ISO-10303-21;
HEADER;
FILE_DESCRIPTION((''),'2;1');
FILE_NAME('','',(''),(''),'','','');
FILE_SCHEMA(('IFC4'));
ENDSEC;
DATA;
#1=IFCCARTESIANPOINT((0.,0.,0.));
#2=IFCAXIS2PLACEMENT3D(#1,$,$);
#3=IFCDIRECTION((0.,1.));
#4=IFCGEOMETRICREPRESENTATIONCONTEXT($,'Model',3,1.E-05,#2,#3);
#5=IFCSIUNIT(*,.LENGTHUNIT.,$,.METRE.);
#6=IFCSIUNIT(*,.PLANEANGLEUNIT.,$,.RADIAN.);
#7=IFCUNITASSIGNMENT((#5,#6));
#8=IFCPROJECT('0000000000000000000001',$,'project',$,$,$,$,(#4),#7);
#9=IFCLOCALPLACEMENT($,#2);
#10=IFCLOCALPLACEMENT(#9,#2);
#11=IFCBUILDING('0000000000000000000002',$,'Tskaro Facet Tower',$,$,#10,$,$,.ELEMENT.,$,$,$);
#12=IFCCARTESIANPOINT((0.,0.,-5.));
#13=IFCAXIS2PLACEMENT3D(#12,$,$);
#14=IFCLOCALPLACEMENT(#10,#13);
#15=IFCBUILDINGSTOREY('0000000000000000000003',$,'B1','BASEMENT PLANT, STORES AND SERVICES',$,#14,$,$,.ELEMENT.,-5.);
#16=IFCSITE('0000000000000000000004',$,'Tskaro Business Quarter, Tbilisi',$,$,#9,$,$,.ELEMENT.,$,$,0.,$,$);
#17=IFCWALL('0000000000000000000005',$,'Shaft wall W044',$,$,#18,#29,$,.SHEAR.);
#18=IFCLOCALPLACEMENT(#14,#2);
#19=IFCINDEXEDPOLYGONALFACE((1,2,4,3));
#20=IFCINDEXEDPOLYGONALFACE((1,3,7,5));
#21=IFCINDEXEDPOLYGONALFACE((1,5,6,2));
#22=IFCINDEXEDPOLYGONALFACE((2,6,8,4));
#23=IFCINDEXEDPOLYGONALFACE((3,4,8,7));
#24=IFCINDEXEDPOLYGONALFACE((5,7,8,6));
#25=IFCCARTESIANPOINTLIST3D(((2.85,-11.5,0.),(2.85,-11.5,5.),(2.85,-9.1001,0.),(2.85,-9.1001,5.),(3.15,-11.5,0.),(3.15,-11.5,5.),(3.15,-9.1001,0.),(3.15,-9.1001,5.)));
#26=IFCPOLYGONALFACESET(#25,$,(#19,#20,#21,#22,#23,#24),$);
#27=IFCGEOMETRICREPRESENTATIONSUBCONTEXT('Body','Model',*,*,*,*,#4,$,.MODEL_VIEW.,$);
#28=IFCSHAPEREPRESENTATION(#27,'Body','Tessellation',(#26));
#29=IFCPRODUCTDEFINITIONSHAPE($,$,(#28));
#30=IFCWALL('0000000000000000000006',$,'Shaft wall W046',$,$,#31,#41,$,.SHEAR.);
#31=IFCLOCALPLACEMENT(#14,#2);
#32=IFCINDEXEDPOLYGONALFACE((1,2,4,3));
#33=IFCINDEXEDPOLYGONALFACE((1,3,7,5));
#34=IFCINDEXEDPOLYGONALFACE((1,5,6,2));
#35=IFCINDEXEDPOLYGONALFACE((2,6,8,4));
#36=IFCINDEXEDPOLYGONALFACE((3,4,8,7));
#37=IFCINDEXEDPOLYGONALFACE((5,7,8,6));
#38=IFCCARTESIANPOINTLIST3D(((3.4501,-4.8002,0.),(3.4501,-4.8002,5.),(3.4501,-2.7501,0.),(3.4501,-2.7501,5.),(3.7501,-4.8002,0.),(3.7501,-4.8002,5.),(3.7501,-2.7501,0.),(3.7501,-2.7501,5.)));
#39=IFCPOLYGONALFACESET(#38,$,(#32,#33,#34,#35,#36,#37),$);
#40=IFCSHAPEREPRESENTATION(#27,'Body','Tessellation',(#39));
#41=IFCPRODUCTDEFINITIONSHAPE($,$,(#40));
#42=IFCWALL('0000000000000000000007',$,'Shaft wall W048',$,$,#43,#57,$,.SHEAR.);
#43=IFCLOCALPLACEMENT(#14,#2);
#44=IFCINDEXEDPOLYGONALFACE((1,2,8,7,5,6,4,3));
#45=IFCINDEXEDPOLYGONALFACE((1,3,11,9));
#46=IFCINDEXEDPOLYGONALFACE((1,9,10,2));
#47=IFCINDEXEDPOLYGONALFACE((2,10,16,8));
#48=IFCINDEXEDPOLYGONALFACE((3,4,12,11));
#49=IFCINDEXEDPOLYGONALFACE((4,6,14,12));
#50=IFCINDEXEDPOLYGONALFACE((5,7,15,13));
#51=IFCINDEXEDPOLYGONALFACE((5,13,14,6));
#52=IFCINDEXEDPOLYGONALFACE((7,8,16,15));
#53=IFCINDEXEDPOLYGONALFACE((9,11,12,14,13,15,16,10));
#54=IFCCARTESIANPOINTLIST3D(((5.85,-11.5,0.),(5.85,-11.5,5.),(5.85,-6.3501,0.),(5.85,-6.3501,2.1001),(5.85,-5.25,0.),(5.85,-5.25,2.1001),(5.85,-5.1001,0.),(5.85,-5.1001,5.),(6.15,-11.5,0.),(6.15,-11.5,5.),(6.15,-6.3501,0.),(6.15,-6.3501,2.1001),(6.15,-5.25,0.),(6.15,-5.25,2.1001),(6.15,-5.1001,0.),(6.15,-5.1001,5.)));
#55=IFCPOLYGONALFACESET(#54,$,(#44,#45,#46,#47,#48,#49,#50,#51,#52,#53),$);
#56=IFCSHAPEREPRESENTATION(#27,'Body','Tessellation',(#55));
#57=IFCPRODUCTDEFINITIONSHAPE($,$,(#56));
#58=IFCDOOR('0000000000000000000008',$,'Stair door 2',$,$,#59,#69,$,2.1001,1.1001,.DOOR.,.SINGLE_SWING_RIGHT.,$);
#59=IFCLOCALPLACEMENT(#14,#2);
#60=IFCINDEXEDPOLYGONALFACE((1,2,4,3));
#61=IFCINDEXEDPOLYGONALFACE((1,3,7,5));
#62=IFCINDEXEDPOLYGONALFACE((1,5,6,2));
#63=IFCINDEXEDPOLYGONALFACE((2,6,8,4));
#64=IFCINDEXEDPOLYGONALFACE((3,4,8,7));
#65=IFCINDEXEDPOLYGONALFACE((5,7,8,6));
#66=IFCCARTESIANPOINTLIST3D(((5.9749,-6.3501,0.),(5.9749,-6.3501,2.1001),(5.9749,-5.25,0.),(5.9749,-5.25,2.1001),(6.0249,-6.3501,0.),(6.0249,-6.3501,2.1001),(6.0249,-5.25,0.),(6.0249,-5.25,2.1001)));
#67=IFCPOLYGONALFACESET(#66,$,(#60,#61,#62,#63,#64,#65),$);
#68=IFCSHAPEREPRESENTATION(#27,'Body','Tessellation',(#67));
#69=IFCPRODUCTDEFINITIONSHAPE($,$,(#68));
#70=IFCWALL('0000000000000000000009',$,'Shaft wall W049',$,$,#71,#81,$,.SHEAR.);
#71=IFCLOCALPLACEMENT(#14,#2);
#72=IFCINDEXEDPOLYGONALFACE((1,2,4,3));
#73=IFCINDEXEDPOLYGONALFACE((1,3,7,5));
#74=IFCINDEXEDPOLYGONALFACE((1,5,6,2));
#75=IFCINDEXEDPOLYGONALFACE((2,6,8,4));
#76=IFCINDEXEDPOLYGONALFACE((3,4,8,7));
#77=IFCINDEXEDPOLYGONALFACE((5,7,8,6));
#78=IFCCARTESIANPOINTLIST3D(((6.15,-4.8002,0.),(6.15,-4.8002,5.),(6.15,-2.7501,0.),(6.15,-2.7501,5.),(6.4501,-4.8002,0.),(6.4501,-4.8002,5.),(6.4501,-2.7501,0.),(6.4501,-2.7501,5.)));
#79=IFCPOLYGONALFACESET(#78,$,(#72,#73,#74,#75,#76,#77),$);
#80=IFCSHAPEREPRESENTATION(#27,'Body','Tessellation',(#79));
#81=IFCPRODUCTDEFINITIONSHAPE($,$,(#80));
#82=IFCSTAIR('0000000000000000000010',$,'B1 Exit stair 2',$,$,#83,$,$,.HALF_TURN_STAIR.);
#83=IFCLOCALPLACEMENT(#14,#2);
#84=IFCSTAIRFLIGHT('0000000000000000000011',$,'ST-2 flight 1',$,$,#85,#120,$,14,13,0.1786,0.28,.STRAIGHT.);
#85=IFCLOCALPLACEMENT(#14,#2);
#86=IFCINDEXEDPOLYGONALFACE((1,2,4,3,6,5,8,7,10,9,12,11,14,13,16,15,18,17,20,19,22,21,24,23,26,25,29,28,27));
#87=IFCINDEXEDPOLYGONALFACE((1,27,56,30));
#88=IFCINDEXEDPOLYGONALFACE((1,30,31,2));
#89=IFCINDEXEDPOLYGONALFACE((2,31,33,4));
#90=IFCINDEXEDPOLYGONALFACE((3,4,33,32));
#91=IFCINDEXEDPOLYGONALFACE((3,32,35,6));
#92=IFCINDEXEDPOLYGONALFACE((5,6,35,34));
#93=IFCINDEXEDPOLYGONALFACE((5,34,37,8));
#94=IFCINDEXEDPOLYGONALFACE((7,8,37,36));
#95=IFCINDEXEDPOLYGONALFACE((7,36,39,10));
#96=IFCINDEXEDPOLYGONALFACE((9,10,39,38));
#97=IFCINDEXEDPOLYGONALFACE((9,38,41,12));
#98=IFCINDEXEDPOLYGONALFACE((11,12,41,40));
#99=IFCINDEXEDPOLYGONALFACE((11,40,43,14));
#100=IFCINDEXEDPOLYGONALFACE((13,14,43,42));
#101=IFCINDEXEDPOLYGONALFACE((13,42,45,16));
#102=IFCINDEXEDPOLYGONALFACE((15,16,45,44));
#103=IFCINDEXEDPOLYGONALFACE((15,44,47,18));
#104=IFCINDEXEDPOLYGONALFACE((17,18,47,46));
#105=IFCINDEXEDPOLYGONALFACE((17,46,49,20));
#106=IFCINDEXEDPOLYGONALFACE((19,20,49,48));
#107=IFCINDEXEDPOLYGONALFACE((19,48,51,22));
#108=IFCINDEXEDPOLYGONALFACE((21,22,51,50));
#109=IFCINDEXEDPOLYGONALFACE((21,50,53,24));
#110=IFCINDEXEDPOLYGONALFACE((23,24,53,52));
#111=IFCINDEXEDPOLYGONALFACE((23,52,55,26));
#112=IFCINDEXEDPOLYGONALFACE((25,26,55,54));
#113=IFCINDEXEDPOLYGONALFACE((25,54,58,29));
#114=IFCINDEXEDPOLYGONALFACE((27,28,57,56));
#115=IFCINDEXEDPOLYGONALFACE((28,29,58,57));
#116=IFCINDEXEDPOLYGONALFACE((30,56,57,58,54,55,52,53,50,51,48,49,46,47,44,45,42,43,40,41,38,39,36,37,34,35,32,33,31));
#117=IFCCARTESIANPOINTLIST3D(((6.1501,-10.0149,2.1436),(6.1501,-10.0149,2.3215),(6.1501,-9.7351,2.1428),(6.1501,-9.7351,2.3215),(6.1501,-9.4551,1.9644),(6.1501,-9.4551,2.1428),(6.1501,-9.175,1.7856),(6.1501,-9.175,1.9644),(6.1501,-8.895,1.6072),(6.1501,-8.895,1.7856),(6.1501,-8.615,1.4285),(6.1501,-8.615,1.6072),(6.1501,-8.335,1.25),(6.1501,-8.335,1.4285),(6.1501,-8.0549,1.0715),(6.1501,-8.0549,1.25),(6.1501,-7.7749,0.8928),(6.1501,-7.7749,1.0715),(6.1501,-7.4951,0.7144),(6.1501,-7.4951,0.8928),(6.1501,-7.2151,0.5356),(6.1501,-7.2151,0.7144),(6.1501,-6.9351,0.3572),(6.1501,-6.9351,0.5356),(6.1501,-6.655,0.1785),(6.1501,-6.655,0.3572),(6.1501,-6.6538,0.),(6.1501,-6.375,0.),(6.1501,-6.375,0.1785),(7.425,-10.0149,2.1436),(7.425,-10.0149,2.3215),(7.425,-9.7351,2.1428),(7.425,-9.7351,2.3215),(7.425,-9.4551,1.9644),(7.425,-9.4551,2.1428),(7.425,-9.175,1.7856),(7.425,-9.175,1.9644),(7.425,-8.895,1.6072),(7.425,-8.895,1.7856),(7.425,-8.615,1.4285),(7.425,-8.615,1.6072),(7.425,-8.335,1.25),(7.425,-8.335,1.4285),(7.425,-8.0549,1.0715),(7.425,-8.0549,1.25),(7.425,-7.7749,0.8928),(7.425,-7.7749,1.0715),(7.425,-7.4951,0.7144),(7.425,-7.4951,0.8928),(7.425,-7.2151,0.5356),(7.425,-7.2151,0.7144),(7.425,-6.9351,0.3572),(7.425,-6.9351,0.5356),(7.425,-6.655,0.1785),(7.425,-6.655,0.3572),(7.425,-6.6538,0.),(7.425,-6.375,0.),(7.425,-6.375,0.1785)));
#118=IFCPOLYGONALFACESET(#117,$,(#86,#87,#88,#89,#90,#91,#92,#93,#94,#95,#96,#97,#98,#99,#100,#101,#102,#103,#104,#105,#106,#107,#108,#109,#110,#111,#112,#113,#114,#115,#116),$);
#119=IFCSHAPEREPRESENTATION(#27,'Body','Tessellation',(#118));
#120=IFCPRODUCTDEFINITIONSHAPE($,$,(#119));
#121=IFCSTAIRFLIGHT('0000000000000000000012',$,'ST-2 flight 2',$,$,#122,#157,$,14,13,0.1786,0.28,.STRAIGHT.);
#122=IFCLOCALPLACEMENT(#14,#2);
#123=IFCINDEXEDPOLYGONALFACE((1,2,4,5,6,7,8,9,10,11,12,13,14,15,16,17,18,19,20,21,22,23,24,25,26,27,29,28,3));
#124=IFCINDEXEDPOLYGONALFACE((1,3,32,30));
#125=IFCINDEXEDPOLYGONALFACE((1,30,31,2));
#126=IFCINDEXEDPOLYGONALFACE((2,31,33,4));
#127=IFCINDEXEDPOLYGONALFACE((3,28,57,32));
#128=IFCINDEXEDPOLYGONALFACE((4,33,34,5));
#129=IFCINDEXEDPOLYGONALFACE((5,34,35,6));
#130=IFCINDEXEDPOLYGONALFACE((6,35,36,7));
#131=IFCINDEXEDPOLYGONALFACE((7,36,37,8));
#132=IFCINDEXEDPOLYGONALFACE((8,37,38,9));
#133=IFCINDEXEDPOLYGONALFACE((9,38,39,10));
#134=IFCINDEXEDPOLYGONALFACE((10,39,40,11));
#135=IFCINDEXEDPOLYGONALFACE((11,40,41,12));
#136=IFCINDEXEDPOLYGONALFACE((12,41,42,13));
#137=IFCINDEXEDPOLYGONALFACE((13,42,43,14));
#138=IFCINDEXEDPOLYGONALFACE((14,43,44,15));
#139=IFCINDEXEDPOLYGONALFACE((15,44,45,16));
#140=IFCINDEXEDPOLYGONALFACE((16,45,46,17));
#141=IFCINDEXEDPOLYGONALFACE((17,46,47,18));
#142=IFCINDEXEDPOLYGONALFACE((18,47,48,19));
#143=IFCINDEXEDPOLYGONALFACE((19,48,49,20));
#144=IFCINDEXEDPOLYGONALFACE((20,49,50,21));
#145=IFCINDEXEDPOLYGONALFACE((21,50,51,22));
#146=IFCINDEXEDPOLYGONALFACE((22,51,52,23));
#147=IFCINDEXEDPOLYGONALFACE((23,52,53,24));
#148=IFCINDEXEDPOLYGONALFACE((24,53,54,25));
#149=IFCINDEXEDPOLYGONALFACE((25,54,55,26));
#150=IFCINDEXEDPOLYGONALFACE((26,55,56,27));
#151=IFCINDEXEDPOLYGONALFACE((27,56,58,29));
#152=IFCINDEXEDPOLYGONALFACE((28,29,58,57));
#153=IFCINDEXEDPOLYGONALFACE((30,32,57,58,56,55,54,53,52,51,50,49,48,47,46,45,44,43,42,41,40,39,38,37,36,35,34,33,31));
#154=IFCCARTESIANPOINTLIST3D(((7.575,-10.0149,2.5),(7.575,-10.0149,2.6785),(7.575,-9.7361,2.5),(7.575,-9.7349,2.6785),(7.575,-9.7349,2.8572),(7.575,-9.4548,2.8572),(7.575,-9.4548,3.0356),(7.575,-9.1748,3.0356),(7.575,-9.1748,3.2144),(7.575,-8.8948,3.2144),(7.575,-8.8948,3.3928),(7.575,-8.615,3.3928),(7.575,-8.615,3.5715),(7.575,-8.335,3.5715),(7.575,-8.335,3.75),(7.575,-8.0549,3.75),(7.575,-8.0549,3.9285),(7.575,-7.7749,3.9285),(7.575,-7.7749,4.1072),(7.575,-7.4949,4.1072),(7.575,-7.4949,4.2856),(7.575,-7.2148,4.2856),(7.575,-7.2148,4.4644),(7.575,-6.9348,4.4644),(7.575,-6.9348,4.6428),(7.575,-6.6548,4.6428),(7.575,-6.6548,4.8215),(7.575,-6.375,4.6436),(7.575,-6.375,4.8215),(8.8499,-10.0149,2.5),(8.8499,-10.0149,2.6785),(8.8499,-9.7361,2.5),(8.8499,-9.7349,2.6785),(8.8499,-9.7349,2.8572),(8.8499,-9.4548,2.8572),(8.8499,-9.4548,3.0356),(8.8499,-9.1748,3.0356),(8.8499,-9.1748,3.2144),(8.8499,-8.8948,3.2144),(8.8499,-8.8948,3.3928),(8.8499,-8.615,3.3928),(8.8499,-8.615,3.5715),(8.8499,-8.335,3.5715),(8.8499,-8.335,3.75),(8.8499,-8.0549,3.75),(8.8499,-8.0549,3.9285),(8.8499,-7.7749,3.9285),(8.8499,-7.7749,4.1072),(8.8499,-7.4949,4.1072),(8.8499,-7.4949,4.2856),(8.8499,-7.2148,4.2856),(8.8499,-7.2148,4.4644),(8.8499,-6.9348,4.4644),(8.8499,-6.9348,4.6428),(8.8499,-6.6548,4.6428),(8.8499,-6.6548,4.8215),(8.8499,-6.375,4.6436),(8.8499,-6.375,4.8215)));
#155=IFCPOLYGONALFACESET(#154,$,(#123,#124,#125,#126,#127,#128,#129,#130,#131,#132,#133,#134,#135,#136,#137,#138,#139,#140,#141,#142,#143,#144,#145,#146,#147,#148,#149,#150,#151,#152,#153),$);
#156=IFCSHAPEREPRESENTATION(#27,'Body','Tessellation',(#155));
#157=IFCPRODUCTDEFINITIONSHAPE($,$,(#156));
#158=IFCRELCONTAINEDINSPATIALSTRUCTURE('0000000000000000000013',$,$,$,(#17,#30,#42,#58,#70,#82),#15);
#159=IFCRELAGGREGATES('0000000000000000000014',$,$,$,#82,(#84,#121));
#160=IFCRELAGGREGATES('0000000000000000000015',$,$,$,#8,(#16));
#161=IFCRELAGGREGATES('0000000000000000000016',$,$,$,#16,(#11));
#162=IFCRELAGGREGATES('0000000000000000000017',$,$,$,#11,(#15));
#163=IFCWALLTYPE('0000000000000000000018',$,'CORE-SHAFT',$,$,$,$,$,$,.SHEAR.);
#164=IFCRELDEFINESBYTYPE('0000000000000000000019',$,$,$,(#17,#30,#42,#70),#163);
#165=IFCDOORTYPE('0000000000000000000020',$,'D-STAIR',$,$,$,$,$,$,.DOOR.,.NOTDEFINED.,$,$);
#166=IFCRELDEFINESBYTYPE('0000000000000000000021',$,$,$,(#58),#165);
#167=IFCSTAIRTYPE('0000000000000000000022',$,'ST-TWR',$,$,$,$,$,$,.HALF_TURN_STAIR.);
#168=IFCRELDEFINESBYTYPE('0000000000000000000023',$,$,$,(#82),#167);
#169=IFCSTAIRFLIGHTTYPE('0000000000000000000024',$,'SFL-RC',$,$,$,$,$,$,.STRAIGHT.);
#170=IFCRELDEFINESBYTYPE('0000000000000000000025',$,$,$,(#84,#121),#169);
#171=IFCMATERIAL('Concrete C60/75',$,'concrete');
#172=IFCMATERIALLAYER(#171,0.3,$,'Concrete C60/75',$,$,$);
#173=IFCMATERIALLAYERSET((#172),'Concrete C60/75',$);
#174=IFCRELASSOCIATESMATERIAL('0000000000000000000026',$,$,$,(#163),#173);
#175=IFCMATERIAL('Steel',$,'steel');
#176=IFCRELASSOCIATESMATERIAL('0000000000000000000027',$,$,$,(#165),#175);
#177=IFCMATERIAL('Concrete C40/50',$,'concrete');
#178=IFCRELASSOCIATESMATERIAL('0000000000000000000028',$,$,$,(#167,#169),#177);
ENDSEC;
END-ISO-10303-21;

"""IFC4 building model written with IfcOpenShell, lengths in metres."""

from ifc_helpers import new_model, si_unit, direction, frame, frame_2d, origin, place, context, subcontext, project, spatial, polyline, rectangle, outline, extrude, material, layer, layer_set, type_object, element, fill, aggregate, save


model = new_model("IFC4")

# Units and contexts
model_context = context("Model", 3, precision=1e-05, world=origin(), true_north=direction((0.0, 1.0)))
body_context = subcontext(model_context, "Body", "Model", "MODEL_VIEW")
ifc_project = project(units=[si_unit("LENGTHUNIT", "METRE"), si_unit("PLANEANGLEUNIT", "RADIAN")], contexts=[model_context])

# Site, building, storey
site_placement = place(None, origin())
site = spatial("IfcSite", under=ifc_project, at=site_placement, Name="Tskaro Business Quarter, Tbilisi", CompositionType="ELEMENT", RefElevation=0.0)
building_placement = place(site_placement, origin())
building = spatial("IfcBuilding", under=site, at=building_placement, Name="Tskaro Facet Tower", CompositionType="ELEMENT")
storey_placement = place(building_placement, frame((0.0, 0.0, -5.0)))
storey = spatial("IfcBuildingStorey", under=building, at=storey_placement, Name="B1", Description="BASEMENT PLANT, STORES AND SERVICES", CompositionType="ELEMENT", Elevation=-5.0)

# Walls
ifc_material_1 = material(Name="Concrete C60/75", Category="concrete")
ifc_layer = layer(ifc_material_1, 0.3, Name="Concrete C60/75")
ifc_layer_set = layer_set([ifc_layer], Name="Concrete C60/75")
wall_type = type_object("IfcWallType", Name="CORE-SHAFT", PredefinedType="SHEAR", material=ifc_layer_set)
wall_1_placement = place(storey_placement, frame((3.0, -11.5, 0.0), z_axis=(0.0, 0.0, 1.0), x_axis=(0.0, 1.0, 0.0)))
element("IfcWall", 1, at=wall_1_placement, inside=storey, type_object=wall_type, Name="Shaft wall W044", PredefinedType="SHEAR", context=body_context, shape_type="SweptSolid", body=[
    extrude(rectangle(XDim=2.3999, YDim=0.3, at=frame_2d((1.2, 0.0))), origin(), (0.0, 0.0, 1.0), 5.0),
])
wall_2_placement = place(storey_placement, frame((3.6001, -4.8, 0.0), z_axis=(0.0, 0.0, 1.0), x_axis=(0.0, 1.0, 0.0)))
element("IfcWall", 2, at=wall_2_placement, inside=storey, type_object=wall_type, Name="Shaft wall W046", PredefinedType="SHEAR", context=body_context, shape_type="SweptSolid", body=[
    extrude(rectangle(XDim=2.05, YDim=0.3, at=frame_2d((1.0249, 0.0))), origin(), (0.0, 0.0, 1.0), 5.0),
])

# Wall, opening, door
wall_3_placement = place(storey_placement, frame((6.0, -5.1001, 0.0), z_axis=(0.0, 0.0, 1.0), x_axis=(0.0, -1.0, 0.0)))
wall_3 = element("IfcWall", 3, at=wall_3_placement, inside=storey, type_object=wall_type, Name="Shaft wall W048", PredefinedType="SHEAR", context=body_context, shape_type="SweptSolid", body=[
    extrude(rectangle(XDim=6.3999, YDim=0.3, at=frame_2d((3.2, 0.0))), origin(), (0.0, 0.0, 1.0), 5.0),
])
opening_placement = place(wall_3_placement, frame((0.1499, 0.0, 0.0)))
opening = element("IfcOpeningElement", 4, at=opening_placement, cuts=wall_3, PredefinedType="OPENING", context=body_context, shape_type="SweptSolid", body=[
    extrude(rectangle(XDim=1.1001, YDim=2.1001, at=frame_2d((0.55, 1.05))), frame((0.0, 0.1599, 0.0), z_axis=(0.0, -1.0, 0.0), x_axis=(1.0, 0.0, 0.0)), (0.0, 0.0, 1.0), 0.3201),
])
ifc_material_2 = material(Name="Steel", Category="steel")
door_type = type_object("IfcDoorType", Name="D-STAIR", OperationType="NOTDEFINED", PredefinedType="DOOR", material=ifc_material_2)
door_placement = place(opening_placement, origin())
door = element("IfcDoor", 5, at=door_placement, inside=storey, type_object=door_type, Name="Stair door 2", OperationType="SINGLE_SWING_RIGHT", OverallHeight=2.1001, OverallWidth=1.1001, PredefinedType="DOOR", context=body_context, shape_type="SweptSolid", body=[
    extrude(rectangle(XDim=1.1001, YDim=2.1001, at=frame_2d((0.55, 1.05))), frame((0.0, 0.0249, 0.0), z_axis=(0.0, -1.0, 0.0), x_axis=(1.0, 0.0, 0.0)), (0.0, 0.0, 1.0), 0.05),
])
fill(opening, door)

# Wall
wall_4_placement = place(storey_placement, frame((6.3, -4.8, 0.0), z_axis=(0.0, 0.0, 1.0), x_axis=(0.0, 1.0, 0.0)))
element("IfcWall", 6, at=wall_4_placement, inside=storey, type_object=wall_type, Name="Shaft wall W049", PredefinedType="SHEAR", context=body_context, shape_type="SweptSolid", body=[
    extrude(rectangle(XDim=2.05, YDim=0.3, at=frame_2d((1.0249, 0.0))), origin(), (0.0, 0.0, 1.0), 5.0),
])

# Stair, stair flights
ifc_material_3 = material(Name="Concrete C40/50", Category="concrete")
stair_type = type_object("IfcStairType", Name="ST-TWR", PredefinedType="HALF_TURN_STAIR", material=ifc_material_3)
stair_placement = place(storey_placement, origin())
stair = element("IfcStair", 7, at=stair_placement, inside=storey, type_object=stair_type, Name="B1 Exit stair 2", PredefinedType="HALF_TURN_STAIR")
stair_flight_type = type_object("IfcStairFlightType", Name="SFL-RC", PredefinedType="STRAIGHT", material=ifc_material_3)
stair_flight_1_placement = place(storey_placement, frame((6.7876, -6.375, 0.0), z_axis=(0.0, 0.0, 1.0), x_axis=(0.0, -1.0, 0.0)))
stair_flight_1 = element("IfcStairFlight", 8, at=stair_flight_1_placement, type_object=stair_flight_type, Name="ST-2 flight 1", NumberOfRisers=14, NumberOfTreads=13, PredefinedType="STRAIGHT", RiserHeight=0.1786, TreadLength=0.28, context=body_context, shape_type="SweptSolid", body=[
    extrude(outline(polyline([(0.0, 0.0), (0.0, 0.1785), (0.28, 0.1785), (0.28, 0.3572), (0.5601, 0.3572), (0.5601, 0.5356), (0.8401, 0.5356), (0.8401, 0.7144), (1.1201, 0.7144), (1.1201, 0.8928), (1.3999, 0.8928), (1.3999, 1.0715), (1.6799, 1.0715), (1.6799, 1.25), (1.96, 1.25), (1.96, 1.4285), (2.24, 1.4285), (2.24, 1.6072), (2.52, 1.6072), (2.52, 1.7856), (2.8, 1.7856), (2.8, 1.9644), (3.0801, 1.9644), (3.0801, 2.1428), (3.3601, 2.1428), (3.3601, 2.3215), (3.6399, 2.3215), (3.6399, 2.5), (3.6399, 2.1436), (0.2788, 0.0), (0.0, 0.0)])), frame((0.0, 0.6375, 0.0), z_axis=(0.0, -1.0, 0.0), x_axis=(1.0, 0.0, 0.0)), (0.0, 0.0, 1.0), 1.2749),
])
stair_flight_2_placement = place(storey_placement, frame((8.2124, -10.0149, 2.5), z_axis=(0.0, 0.0, 1.0), x_axis=(0.0, 1.0, 0.0)))
stair_flight_2 = element("IfcStairFlight", 9, at=stair_flight_2_placement, type_object=stair_flight_type, Name="ST-2 flight 2", NumberOfRisers=14, NumberOfTreads=13, PredefinedType="STRAIGHT", RiserHeight=0.1786, TreadLength=0.28, context=body_context, shape_type="SweptSolid", body=[
    extrude(outline(polyline([(0.0, 0.0), (0.0, 0.1785), (0.28, 0.1785), (0.28, 0.3572), (0.5601, 0.3572), (0.5601, 0.5356), (0.8401, 0.5356), (0.8401, 0.7144), (1.1201, 0.7144), (1.1201, 0.8928), (1.3999, 0.8928), (1.3999, 1.0715), (1.6799, 1.0715), (1.6799, 1.25), (1.96, 1.25), (1.96, 1.4285), (2.24, 1.4285), (2.24, 1.6072), (2.52, 1.6072), (2.52, 1.7856), (2.8, 1.7856), (2.8, 1.9644), (3.0801, 1.9644), (3.0801, 2.1428), (3.3601, 2.1428), (3.3601, 2.3215), (3.6399, 2.3215), (3.6399, 2.5), (3.6399, 2.1436), (0.2788, 0.0), (0.0, 0.0)])), frame((0.0, 0.6375, 0.0), z_axis=(0.0, -1.0, 0.0), x_axis=(1.0, 0.0, 0.0)), (0.0, 0.0, 1.0), 1.2749),
])
aggregate(stair, [stair_flight_1, stair_flight_2])

save(model, "model.ifc")
